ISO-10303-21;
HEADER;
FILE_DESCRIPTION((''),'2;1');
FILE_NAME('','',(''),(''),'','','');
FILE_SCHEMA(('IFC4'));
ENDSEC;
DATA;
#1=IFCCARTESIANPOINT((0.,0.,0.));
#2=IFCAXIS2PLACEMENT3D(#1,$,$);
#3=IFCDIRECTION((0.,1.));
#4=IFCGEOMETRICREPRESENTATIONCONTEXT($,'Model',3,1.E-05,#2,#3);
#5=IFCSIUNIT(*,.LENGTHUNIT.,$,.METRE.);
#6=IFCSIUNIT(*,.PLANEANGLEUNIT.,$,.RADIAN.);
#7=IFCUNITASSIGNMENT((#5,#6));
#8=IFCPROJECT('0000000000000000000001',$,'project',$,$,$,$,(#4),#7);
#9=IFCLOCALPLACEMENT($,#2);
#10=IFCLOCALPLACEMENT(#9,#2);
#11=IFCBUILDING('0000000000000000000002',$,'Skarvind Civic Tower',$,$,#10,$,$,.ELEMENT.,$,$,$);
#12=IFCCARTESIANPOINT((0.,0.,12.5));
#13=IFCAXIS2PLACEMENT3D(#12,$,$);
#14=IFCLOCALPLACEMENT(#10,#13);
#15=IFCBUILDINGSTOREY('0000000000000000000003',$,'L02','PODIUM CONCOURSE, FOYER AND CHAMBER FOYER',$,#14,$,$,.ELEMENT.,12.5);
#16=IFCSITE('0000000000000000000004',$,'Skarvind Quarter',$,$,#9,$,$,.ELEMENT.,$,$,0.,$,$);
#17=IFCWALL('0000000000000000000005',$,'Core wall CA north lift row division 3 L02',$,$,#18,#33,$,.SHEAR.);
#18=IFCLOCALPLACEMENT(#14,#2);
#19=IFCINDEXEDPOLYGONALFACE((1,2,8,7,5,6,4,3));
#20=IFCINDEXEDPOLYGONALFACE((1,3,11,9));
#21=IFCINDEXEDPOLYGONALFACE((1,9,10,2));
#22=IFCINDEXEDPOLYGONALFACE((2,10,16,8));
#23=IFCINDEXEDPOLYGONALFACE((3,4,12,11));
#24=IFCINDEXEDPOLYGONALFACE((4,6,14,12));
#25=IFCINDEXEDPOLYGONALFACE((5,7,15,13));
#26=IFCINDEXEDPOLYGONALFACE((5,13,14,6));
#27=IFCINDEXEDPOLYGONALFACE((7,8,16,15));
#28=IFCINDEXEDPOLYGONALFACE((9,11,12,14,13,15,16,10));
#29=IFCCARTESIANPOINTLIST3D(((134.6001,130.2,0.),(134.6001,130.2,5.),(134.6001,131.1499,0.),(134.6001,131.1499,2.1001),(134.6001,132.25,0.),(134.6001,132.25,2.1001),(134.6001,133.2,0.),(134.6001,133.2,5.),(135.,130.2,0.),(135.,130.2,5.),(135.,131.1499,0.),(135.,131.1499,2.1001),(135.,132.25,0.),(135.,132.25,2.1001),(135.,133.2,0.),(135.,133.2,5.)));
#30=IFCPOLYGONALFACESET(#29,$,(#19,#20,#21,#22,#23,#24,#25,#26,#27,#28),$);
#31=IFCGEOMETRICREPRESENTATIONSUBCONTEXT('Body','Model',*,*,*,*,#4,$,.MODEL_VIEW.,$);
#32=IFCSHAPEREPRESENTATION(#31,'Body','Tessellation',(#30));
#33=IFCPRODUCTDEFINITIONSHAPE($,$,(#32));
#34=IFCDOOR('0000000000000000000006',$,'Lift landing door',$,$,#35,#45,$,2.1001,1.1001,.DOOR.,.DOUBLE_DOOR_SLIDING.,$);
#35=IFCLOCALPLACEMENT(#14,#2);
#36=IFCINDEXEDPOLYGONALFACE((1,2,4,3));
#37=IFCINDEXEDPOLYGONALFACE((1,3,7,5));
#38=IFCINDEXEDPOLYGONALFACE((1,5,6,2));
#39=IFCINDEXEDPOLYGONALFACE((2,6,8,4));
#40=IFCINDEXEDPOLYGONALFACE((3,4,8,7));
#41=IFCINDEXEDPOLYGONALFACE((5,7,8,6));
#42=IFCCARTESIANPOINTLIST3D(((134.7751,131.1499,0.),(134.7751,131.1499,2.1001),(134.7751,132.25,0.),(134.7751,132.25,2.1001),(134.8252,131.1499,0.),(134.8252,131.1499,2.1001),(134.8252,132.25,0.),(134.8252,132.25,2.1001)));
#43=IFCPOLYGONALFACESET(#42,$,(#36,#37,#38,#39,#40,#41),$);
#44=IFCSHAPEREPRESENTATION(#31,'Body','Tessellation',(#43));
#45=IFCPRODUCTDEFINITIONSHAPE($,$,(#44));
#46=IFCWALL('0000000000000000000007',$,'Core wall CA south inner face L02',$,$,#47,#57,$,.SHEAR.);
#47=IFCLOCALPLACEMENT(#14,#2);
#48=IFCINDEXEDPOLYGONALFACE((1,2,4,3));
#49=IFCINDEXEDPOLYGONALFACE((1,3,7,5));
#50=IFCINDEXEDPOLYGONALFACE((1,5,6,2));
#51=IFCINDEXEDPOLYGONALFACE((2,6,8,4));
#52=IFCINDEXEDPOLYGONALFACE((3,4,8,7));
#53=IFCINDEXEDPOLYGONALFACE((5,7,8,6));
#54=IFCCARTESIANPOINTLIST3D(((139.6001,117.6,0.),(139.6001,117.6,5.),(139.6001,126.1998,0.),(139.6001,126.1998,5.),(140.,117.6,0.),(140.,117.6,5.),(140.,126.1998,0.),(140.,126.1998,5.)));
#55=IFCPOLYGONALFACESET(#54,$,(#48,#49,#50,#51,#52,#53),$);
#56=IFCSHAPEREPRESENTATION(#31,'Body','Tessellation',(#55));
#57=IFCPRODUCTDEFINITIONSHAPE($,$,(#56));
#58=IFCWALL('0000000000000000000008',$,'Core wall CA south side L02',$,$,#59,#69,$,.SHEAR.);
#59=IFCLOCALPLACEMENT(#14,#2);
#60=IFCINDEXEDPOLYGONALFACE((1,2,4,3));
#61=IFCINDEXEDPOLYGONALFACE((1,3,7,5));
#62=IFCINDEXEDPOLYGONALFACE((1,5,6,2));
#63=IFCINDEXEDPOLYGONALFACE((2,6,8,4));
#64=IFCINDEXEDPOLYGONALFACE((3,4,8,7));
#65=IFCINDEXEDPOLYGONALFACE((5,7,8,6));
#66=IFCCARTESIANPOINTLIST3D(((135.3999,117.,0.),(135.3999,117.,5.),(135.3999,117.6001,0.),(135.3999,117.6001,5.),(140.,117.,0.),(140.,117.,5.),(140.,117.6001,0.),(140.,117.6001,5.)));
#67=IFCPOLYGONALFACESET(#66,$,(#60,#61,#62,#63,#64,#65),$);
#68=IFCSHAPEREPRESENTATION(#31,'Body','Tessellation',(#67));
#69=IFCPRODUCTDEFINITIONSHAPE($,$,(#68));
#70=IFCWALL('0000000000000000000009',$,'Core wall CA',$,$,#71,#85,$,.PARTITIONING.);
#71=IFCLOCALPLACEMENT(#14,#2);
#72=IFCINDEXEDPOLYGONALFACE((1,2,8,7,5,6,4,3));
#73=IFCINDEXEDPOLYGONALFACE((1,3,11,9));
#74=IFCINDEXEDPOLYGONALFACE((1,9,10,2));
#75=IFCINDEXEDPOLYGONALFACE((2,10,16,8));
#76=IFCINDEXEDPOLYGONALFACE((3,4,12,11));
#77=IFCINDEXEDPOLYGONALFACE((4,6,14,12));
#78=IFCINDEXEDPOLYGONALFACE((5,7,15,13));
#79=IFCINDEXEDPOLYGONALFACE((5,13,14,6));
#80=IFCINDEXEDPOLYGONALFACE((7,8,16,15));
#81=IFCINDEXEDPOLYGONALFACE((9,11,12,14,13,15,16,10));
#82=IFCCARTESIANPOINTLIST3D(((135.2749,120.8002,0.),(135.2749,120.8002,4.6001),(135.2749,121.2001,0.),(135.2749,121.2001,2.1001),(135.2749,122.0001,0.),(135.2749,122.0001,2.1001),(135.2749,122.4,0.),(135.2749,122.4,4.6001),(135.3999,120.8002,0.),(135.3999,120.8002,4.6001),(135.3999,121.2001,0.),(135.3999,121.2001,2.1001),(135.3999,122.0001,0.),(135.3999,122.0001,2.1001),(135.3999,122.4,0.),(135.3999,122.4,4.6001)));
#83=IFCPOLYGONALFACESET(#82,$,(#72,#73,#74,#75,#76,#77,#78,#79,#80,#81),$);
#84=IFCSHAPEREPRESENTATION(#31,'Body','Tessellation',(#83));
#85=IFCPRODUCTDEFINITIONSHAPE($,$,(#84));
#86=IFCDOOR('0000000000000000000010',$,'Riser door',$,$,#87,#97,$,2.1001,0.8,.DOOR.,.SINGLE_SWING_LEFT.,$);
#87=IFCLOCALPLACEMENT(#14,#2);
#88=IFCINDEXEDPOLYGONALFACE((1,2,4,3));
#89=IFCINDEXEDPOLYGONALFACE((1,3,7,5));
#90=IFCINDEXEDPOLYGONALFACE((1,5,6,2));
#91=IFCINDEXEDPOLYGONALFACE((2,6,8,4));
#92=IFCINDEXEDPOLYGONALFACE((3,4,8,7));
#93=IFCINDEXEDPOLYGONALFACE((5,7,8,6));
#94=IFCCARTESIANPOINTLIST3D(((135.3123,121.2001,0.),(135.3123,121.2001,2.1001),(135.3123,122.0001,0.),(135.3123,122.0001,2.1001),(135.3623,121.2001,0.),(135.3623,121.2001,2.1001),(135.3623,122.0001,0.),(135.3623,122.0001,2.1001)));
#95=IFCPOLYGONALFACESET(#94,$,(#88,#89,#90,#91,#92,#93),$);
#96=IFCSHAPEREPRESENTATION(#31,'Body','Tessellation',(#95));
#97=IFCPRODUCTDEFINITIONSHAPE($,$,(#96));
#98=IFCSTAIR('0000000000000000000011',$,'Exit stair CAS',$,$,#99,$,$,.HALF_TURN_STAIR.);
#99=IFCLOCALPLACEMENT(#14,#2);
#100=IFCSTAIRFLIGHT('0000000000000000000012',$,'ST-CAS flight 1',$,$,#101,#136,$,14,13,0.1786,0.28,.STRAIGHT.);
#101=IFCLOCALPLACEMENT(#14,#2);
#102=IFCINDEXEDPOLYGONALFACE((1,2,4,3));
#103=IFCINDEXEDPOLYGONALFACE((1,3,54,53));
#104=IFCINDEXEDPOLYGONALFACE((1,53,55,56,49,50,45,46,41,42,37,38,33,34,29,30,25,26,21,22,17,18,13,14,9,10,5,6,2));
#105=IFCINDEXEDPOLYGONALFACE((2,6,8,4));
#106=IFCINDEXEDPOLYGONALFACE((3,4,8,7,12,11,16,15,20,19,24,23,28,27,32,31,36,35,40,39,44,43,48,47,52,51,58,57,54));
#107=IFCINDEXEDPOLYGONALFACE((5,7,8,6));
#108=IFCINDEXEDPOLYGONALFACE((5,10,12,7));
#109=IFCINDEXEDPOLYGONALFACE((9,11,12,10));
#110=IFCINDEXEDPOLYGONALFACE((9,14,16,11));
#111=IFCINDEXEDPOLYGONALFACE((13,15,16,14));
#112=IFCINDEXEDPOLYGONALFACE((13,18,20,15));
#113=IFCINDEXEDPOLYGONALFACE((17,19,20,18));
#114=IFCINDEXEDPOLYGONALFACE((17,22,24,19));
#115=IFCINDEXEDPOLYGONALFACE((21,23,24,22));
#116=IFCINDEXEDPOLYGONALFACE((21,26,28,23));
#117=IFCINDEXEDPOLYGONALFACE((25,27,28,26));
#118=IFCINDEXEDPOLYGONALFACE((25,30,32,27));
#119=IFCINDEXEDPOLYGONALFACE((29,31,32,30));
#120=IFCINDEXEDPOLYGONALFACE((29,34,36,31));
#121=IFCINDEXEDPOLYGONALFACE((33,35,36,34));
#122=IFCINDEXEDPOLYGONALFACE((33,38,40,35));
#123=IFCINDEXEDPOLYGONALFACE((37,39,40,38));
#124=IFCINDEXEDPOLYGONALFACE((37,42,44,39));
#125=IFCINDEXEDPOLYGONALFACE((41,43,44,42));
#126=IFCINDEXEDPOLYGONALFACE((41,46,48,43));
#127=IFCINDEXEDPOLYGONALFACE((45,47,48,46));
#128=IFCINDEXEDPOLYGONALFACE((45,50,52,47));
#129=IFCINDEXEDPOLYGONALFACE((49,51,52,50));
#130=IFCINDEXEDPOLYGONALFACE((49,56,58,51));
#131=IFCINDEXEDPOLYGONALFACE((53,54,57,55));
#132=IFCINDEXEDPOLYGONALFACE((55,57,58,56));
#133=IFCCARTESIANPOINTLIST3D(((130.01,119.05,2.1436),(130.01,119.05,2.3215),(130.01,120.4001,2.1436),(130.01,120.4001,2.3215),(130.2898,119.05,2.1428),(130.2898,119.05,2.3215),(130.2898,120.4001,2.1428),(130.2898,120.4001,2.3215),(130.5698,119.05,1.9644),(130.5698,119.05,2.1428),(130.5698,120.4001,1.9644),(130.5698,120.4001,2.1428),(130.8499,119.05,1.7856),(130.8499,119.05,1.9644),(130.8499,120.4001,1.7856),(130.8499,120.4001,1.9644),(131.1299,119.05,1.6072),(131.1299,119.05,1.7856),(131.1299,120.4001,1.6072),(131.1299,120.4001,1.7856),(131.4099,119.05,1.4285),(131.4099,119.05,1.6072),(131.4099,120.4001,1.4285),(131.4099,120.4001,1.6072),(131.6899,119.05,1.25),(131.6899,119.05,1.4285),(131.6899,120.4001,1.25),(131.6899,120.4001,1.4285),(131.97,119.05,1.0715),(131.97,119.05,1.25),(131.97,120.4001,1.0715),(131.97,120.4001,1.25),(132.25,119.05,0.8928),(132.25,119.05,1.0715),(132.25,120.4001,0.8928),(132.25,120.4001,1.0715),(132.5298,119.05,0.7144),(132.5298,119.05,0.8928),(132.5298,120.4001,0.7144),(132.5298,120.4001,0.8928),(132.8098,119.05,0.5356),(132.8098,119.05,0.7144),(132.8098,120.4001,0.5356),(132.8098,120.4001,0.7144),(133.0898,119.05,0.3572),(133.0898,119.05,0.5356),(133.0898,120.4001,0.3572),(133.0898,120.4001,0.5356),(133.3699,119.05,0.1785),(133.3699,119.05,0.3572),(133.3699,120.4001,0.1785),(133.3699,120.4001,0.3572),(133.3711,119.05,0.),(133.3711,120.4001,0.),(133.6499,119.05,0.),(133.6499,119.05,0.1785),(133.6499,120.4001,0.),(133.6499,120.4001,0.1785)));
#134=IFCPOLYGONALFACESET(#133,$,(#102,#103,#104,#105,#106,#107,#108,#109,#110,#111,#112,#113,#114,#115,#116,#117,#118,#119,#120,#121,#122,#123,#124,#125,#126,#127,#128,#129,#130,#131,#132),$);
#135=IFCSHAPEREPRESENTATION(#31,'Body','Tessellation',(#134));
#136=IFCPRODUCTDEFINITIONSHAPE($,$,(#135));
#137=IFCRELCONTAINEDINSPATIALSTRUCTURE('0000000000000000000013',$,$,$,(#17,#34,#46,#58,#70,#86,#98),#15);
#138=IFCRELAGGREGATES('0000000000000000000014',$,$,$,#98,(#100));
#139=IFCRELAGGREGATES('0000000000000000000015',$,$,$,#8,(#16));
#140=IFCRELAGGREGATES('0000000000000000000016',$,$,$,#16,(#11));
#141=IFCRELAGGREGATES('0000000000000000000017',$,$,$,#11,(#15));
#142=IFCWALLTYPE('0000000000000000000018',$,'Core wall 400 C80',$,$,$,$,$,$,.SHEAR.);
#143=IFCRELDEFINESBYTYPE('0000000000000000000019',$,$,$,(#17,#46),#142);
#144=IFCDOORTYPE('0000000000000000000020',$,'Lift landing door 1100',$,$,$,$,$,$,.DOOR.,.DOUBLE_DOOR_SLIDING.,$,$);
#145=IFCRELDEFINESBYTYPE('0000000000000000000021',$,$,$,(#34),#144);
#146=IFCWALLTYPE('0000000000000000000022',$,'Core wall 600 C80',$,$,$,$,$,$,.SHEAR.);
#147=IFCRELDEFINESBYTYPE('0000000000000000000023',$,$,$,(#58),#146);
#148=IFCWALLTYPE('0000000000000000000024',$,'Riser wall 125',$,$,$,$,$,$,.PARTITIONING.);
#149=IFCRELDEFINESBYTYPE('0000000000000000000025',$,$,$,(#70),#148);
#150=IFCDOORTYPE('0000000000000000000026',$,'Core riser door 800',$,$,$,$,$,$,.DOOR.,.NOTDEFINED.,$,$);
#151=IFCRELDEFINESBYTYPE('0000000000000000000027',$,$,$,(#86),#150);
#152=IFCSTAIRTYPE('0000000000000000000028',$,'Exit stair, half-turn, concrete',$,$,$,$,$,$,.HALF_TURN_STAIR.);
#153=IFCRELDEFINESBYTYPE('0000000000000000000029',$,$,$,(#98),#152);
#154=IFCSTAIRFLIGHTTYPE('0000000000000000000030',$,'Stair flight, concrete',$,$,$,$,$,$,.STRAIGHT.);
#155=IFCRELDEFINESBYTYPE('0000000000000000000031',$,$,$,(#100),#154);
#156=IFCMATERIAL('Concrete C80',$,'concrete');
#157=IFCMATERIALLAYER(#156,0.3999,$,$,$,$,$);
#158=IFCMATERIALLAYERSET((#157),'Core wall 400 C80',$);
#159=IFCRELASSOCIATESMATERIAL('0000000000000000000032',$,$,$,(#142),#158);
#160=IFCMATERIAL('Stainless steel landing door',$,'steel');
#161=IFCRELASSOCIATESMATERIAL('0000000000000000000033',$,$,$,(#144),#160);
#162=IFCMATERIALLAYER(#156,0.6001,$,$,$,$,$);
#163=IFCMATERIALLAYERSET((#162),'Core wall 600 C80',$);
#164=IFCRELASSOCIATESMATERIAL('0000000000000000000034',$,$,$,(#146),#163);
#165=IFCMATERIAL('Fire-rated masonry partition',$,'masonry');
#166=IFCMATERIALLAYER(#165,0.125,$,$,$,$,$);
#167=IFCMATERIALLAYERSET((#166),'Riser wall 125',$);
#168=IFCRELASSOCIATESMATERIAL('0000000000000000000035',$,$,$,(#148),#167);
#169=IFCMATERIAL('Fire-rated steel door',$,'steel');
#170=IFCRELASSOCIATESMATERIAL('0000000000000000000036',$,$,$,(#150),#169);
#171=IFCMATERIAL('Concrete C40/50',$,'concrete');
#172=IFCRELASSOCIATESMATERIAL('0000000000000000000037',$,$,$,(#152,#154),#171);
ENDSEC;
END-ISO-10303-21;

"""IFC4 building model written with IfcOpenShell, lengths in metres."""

from ifc_helpers import new_model, si_unit, direction, frame, frame_2d, origin, place, context, subcontext, project, spatial, polyline, rectangle, outline, extrude, material, layer, layer_set, type_object, element, fill, aggregate, save


model = new_model("IFC4")

# Units and contexts
model_context = context("Model", 3, precision=1e-05, world=origin(), true_north=direction((0.0, 1.0)))
body_context = subcontext(model_context, "Body", "Model", "MODEL_VIEW")
ifc_project = project(units=[si_unit("LENGTHUNIT", "METRE"), si_unit("PLANEANGLEUNIT", "RADIAN")], contexts=[model_context])

# Site, building, storey
site_placement = place(None, origin())
site = spatial("IfcSite", under=ifc_project, at=site_placement, Name="Skarvind Quarter", CompositionType="ELEMENT", RefElevation=0.0)
building_placement = place(site_placement, origin())
building = spatial("IfcBuilding", under=site, at=building_placement, Name="Skarvind Civic Tower", CompositionType="ELEMENT")
storey_placement = place(building_placement, frame((0.0, 0.0, 12.5)))
storey = spatial("IfcBuildingStorey", under=building, at=storey_placement, Name="L02", Description="PODIUM CONCOURSE, FOYER AND CHAMBER FOYER", CompositionType="ELEMENT", Elevation=12.5)

# Shared definitions
ifc_material_1 = material(Name="Fire-rated masonry partition", Category="masonry")
ifc_material_2 = material(Name="Fire-rated steel door", Category="steel")
ifc_material_3 = material(Name="Concrete C80", Category="concrete")
ifc_layer_1 = layer(ifc_material_3, 0.3999)
ifc_layer_set_1 = layer_set([ifc_layer_1], Name="Core wall 400 C80")
wall_type_1 = type_object("IfcWallType", Name="Core wall 400 C80", PredefinedType="SHEAR", material=ifc_layer_set_1)

# Wall, opening, door
wall_1_placement = place(storey_placement, frame((134.8, 130.2, 0.0), z_axis=(0.0, 0.0, 1.0), x_axis=(0.0, 1.0, 0.0)))
wall_1 = element("IfcWall", 1, at=wall_1_placement, inside=storey, type_object=wall_type_1, Name="Core wall CA north lift row division 3 L02", PredefinedType="SHEAR", context=body_context, shape_type="SweptSolid", body=[
    extrude(rectangle(XDim=3.0, YDim=0.3999, at=frame_2d((1.5, 0.0))), origin(), (0.0, 0.0, 1.0), 5.0),
])
opening_1_placement = place(wall_1_placement, frame((0.95, 0.0, 0.0)))
opening_1 = element("IfcOpeningElement", 2, at=opening_1_placement, cuts=wall_1, PredefinedType="OPENING", context=body_context, shape_type="SweptSolid", body=[
    extrude(rectangle(XDim=1.1001, YDim=2.1001, at=frame_2d((0.55, 1.05))), frame((0.0, 0.21, 0.0), z_axis=(0.0, -1.0, 0.0), x_axis=(1.0, 0.0, 0.0)), (0.0, 0.0, 1.0), 0.4199),
])
ifc_material_4 = material(Name="Stainless steel landing door", Category="steel")
door_type_1 = type_object("IfcDoorType", Name="Lift landing door 1100", OperationType="DOUBLE_DOOR_SLIDING", PredefinedType="DOOR", material=ifc_material_4)
door_1_placement = place(opening_1_placement, origin())
door_1 = element("IfcDoor", 3, at=door_1_placement, inside=storey, type_object=door_type_1, Name="Lift landing door", OperationType="DOUBLE_DOOR_SLIDING", OverallHeight=2.1001, OverallWidth=1.1001, PredefinedType="DOOR", context=body_context, shape_type="SweptSolid", body=[
    extrude(rectangle(XDim=1.1001, YDim=2.1001, at=frame_2d((0.55, 1.05))), frame((0.0, 0.0249, 0.0), z_axis=(0.0, -1.0, 0.0), x_axis=(1.0, 0.0, 0.0)), (0.0, 0.0, 1.0), 0.05),
])
fill(opening_1, door_1)

# Walls
wall_2_placement = place(storey_placement, frame((139.8, 117.6001, 0.0), z_axis=(0.0, 0.0, 1.0), x_axis=(0.0, 1.0, 0.0)))
element("IfcWall", 4, at=wall_2_placement, inside=storey, type_object=wall_type_1, Name="Core wall CA south inner face L02", PredefinedType="SHEAR", context=body_context, shape_type="SweptSolid", body=[
    extrude(rectangle(XDim=8.5999, YDim=0.3999, at=frame_2d((4.2998, 0.0))), origin(), (0.0, 0.0, 1.0), 5.0),
])
ifc_layer_2 = layer(ifc_material_3, 0.6001)
ifc_layer_set_2 = layer_set([ifc_layer_2], Name="Core wall 600 C80")
wall_type_2 = type_object("IfcWallType", Name="Core wall 600 C80", PredefinedType="SHEAR", material=ifc_layer_set_2)
wall_3_placement = place(storey_placement, frame((135.3999, 117.3, 0.0), z_axis=(0.0, 0.0, 1.0), x_axis=(1.0, 0.0, 0.0)))
element("IfcWall", 5, at=wall_3_placement, inside=storey, type_object=wall_type_2, Name="Core wall CA south side L02", PredefinedType="SHEAR", context=body_context, shape_type="SweptSolid", body=[
    extrude(rectangle(XDim=4.6001, YDim=0.6001, at=frame_2d((2.3, 0.0))), origin(), (0.0, 0.0, 1.0), 5.0),
])

# Wall, opening, door
ifc_layer_3 = layer(ifc_material_1, 0.125)
ifc_layer_set_3 = layer_set([ifc_layer_3], Name="Riser wall 125")
wall_type_3 = type_object("IfcWallType", Name="Riser wall 125", PredefinedType="PARTITIONING", material=ifc_layer_set_3)
wall_4_placement = place(storey_placement, frame((135.3374, 122.3999, 0.0), z_axis=(0.0, 0.0, 1.0), x_axis=(0.0, -1.0, 0.0)))
wall_4 = element("IfcWall", 6, at=wall_4_placement, inside=storey, type_object=wall_type_3, Name="Core wall CA", PredefinedType="PARTITIONING", context=body_context, shape_type="SweptSolid", body=[
    extrude(rectangle(XDim=1.5999, YDim=0.125, at=frame_2d((0.7998, 0.0))), origin(), (0.0, 0.0, 1.0), 4.6001),
])
opening_2_placement = place(wall_4_placement, frame((0.3999, 0.0, 0.0)))
opening_2 = element("IfcOpeningElement", 7, at=opening_2_placement, cuts=wall_4, PredefinedType="OPENING", context=body_context, shape_type="SweptSolid", body=[
    extrude(rectangle(XDim=0.8, YDim=2.1001, at=frame_2d((0.3999, 1.05))), frame((0.0, 0.0725, 0.0), z_axis=(0.0, -1.0, 0.0), x_axis=(1.0, 0.0, 0.0)), (0.0, 0.0, 1.0), 0.145),
])
door_type_2 = type_object("IfcDoorType", Name="Core riser door 800", OperationType="NOTDEFINED", PredefinedType="DOOR", material=ifc_material_2)
door_2_placement = place(opening_2_placement, origin())
door_2 = element("IfcDoor", 8, at=door_2_placement, inside=storey, type_object=door_type_2, Name="Riser door", OperationType="SINGLE_SWING_LEFT", OverallHeight=2.1001, OverallWidth=0.8, PredefinedType="DOOR", context=body_context, shape_type="SweptSolid", body=[
    extrude(rectangle(XDim=0.8, YDim=2.1001, at=frame_2d((0.3999, 1.05))), frame((0.0, 0.0249, 0.0), z_axis=(0.0, -1.0, 0.0), x_axis=(1.0, 0.0, 0.0)), (0.0, 0.0, 1.0), 0.05),
])
fill(opening_2, door_2)

# Stair, stair flight
ifc_material_5 = material(Name="Concrete C40/50", Category="concrete")
stair_type = type_object("IfcStairType", Name="Exit stair, half-turn, concrete", PredefinedType="HALF_TURN_STAIR", material=ifc_material_5)
stair_placement = place(storey_placement, origin())
stair = element("IfcStair", 9, at=stair_placement, inside=storey, type_object=stair_type, Name="Exit stair CAS", PredefinedType="HALF_TURN_STAIR")
stair_flight_type = type_object("IfcStairFlightType", Name="Stair flight, concrete", PredefinedType="STRAIGHT", material=ifc_material_5)
stair_flight_placement = place(storey_placement, frame((133.6499, 119.7251, 0.0), z_axis=(0.0, 0.0, 1.0), x_axis=(-1.0, 0.0, 0.0)))
stair_flight = element("IfcStairFlight", 10, at=stair_flight_placement, type_object=stair_flight_type, Name="ST-CAS flight 1", NumberOfRisers=14, NumberOfTreads=13, PredefinedType="STRAIGHT", RiserHeight=0.1786, TreadLength=0.28, context=body_context, shape_type="SweptSolid", body=[
    extrude(outline(polyline([(0.0, 0.0), (0.0, 0.1785), (0.28, 0.1785), (0.28, 0.3572), (0.5601, 0.3572), (0.5601, 0.5356), (0.8401, 0.5356), (0.8401, 0.7144), (1.1201, 0.7144), (1.1201, 0.8928), (1.3999, 0.8928), (1.3999, 1.0715), (1.6799, 1.0715), (1.6799, 1.25), (1.96, 1.25), (1.96, 1.4285), (2.24, 1.4285), (2.24, 1.6072), (2.52, 1.6072), (2.52, 1.7856), (2.8, 1.7856), (2.8, 1.9644), (3.0801, 1.9644), (3.0801, 2.1428), (3.3601, 2.1428), (3.3601, 2.3215), (3.6399, 2.3215), (3.6399, 2.5), (3.6399, 2.1436), (0.2788, 0.0), (0.0, 0.0)])), frame((0.0, 0.675, 0.0), z_axis=(0.0, -1.0, 0.0), x_axis=(1.0, 0.0, 0.0)), (0.0, 0.0, 1.0), 1.3501),
])
aggregate(stair, [stair_flight])

save(model, "model.ifc")
